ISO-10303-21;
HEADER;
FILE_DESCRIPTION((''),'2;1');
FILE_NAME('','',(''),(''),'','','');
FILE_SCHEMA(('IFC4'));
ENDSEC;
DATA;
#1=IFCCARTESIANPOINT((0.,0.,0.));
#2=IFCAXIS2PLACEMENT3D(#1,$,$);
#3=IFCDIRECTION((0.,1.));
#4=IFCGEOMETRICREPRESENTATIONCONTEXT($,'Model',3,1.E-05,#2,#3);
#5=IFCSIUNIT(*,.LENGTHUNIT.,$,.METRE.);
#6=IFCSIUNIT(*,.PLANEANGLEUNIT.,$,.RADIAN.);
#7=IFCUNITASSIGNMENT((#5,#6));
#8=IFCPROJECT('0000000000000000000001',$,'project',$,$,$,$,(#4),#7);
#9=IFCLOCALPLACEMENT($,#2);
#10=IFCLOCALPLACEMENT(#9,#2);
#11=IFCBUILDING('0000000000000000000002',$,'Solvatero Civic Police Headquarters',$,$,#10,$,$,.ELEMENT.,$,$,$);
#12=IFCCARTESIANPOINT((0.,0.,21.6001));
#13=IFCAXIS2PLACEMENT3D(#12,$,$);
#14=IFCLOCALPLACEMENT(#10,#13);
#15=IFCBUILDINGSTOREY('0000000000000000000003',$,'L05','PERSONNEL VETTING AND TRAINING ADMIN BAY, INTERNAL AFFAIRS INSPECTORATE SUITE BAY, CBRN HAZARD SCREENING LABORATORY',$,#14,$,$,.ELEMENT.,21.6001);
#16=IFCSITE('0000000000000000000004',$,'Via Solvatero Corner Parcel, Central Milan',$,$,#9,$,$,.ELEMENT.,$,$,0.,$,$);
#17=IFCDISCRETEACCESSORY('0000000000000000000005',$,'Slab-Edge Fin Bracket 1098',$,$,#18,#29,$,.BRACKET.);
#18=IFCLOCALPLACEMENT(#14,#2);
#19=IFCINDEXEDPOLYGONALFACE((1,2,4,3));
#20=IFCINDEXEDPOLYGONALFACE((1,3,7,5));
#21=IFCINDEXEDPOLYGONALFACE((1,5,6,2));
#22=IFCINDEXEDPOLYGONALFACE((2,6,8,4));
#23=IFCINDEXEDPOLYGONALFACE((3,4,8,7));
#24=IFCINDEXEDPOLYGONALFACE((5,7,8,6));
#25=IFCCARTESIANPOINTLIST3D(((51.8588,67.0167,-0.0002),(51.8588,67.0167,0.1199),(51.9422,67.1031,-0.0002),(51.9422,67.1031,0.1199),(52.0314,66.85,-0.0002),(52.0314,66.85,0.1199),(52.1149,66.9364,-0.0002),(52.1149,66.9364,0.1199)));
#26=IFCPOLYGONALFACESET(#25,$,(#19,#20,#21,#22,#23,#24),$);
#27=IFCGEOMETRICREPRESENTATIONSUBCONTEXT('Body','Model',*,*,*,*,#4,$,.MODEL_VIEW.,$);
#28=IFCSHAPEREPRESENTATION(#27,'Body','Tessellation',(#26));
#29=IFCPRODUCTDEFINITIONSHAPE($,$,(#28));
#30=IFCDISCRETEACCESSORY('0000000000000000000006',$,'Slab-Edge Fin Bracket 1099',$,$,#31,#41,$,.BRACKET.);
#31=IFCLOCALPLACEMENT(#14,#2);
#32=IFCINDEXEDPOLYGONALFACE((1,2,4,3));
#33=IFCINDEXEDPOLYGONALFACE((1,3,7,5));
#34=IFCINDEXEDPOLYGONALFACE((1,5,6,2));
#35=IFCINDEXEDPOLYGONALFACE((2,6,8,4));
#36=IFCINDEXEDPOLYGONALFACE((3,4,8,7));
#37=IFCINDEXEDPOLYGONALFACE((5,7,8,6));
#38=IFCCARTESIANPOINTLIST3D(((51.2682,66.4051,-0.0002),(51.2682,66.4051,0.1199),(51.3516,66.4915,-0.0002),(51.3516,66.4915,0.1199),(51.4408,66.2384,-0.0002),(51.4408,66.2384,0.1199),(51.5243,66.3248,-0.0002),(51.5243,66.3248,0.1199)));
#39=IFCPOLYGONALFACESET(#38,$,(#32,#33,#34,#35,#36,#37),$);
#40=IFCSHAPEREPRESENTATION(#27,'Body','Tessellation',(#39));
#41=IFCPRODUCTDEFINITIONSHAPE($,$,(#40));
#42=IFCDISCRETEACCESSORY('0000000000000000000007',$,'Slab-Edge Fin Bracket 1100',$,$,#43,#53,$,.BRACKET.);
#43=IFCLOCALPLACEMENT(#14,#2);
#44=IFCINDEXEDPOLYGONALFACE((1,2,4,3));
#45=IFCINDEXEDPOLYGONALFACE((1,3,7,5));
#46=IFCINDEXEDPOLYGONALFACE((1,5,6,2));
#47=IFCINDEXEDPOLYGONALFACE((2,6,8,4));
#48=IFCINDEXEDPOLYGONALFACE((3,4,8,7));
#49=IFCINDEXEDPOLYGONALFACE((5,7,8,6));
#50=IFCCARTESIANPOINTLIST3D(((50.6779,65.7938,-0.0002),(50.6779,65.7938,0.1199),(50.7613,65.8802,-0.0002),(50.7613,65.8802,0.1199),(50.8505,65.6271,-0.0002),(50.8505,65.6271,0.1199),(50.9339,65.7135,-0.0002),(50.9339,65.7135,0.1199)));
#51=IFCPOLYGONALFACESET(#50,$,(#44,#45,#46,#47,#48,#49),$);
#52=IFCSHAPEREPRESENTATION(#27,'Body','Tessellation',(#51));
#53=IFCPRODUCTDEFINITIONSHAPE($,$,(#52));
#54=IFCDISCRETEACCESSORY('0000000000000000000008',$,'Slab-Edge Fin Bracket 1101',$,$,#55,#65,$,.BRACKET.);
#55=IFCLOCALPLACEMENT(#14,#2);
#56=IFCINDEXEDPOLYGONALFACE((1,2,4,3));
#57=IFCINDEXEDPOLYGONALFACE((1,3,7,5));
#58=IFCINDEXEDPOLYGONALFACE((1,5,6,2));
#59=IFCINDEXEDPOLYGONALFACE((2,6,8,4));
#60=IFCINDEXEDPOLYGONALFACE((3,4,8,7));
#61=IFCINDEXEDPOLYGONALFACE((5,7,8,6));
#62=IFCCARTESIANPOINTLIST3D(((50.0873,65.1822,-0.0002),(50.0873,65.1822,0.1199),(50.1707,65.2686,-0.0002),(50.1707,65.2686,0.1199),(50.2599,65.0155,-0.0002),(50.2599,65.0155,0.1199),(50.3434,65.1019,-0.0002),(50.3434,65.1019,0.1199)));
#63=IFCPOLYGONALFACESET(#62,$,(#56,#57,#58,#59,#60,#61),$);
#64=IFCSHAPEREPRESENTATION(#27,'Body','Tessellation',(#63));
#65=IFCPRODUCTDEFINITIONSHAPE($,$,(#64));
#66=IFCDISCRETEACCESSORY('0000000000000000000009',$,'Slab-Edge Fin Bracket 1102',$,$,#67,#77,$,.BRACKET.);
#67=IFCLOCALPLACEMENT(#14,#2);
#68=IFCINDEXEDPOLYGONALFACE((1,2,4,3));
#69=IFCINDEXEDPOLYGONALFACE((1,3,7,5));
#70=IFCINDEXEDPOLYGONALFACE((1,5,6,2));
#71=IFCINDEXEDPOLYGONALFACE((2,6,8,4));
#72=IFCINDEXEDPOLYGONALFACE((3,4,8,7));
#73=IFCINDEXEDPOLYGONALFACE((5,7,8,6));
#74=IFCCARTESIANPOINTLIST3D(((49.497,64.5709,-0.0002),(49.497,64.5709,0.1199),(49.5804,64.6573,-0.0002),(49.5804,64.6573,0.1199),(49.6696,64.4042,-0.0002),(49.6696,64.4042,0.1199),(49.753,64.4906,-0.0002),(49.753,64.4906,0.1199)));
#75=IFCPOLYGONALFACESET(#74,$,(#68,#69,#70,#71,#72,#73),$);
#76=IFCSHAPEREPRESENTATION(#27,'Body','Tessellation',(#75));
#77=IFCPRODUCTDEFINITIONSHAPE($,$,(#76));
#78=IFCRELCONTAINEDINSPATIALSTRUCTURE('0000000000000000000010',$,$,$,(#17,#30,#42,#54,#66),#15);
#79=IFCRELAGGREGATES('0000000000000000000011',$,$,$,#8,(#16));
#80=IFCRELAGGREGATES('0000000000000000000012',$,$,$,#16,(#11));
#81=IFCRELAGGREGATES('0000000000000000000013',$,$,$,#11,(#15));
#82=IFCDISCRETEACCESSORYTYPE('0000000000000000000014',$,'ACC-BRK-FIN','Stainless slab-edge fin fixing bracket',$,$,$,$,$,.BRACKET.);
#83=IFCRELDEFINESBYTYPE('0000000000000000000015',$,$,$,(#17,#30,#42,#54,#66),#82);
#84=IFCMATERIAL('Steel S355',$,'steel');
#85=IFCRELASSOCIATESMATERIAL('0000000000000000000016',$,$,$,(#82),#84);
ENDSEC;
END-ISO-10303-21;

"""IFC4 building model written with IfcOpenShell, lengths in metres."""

from ifc_helpers import new_model, si_unit, direction, frame, origin, origin_2d, place, context, subcontext, project, spatial, rectangle, extrude, material, type_object, element, save


model = new_model("IFC4")

# Units and contexts
model_context = context("Model", 3, precision=1e-05, world=origin(), true_north=direction((0.0, 1.0)))
body_context = subcontext(model_context, "Body", "Model", "MODEL_VIEW")
ifc_project = project(units=[si_unit("LENGTHUNIT", "METRE"), si_unit("PLANEANGLEUNIT", "RADIAN")], contexts=[model_context])

# Site, building, storey
site_placement = place(None, origin())
site = spatial("IfcSite", under=ifc_project, at=site_placement, Name="Via Solvatero Corner Parcel, Central Milan", CompositionType="ELEMENT", RefElevation=0.0)
building_placement = place(site_placement, origin())
building = spatial("IfcBuilding", under=site, at=building_placement, Name="Solvatero Civic Police Headquarters", CompositionType="ELEMENT")
storey_placement = place(building_placement, frame((0.0, 0.0, 21.6001)))
storey = spatial("IfcBuildingStorey", under=building, at=storey_placement, Name="L05", Description="PERSONNEL VETTING AND TRAINING ADMIN BAY, INTERNAL AFFAIRS INSPECTORATE SUITE BAY, CBRN HAZARD SCREENING LABORATORY", CompositionType="ELEMENT", Elevation=21.6001)

# Discrete accessories
ifc_material_1 = material(Name="Steel S355", Category="steel")
discrete_accessory_type = type_object("IfcDiscreteAccessoryType", Name="ACC-BRK-FIN", Description="Stainless slab-edge fin fixing bracket", PredefinedType="BRACKET", material=ifc_material_1)
for number, where, z_axis, x_axis, name in (
    (1, (51.9868, 66.9766, -0.0002), (0.0, 0.0, 1.0), (-0.694658, -0.71934, 0.0), "Slab-Edge Fin Bracket 1098"),
    (2, (51.3962, 66.365, -0.0002), (0.0, 0.0, 1.0), (-0.694658, -0.71934, 0.0), "Slab-Edge Fin Bracket 1099"),
    (3, (50.8059, 65.7537, -0.0002), (0.0, 0.0, 1.0), (-0.694658, -0.71934, 0.0), "Slab-Edge Fin Bracket 1100"),
    (4, (50.2153, 65.1421, -0.0002), (0.0, 0.0, 1.0), (-0.694658, -0.71934, 0.0), "Slab-Edge Fin Bracket 1101"),
    (5, (49.625, 64.5308, -0.0002), (0.0, 0.0, 1.0), (-0.694658, -0.71934, 0.0), "Slab-Edge Fin Bracket 1102"),
):
    element("IfcDiscreteAccessory", number, at=place(storey_placement, frame(where, z_axis=z_axis, x_axis=x_axis)), inside=storey, type_object=discrete_accessory_type, Name=name, PredefinedType="BRACKET", context=body_context, shape_type="SweptSolid", body=[
        extrude(rectangle(XDim=0.1201, YDim=0.24, at=origin_2d()), origin(), (0.0, 0.0, 1.0), 0.1201),
    ])

save(model, "model.ifc")
